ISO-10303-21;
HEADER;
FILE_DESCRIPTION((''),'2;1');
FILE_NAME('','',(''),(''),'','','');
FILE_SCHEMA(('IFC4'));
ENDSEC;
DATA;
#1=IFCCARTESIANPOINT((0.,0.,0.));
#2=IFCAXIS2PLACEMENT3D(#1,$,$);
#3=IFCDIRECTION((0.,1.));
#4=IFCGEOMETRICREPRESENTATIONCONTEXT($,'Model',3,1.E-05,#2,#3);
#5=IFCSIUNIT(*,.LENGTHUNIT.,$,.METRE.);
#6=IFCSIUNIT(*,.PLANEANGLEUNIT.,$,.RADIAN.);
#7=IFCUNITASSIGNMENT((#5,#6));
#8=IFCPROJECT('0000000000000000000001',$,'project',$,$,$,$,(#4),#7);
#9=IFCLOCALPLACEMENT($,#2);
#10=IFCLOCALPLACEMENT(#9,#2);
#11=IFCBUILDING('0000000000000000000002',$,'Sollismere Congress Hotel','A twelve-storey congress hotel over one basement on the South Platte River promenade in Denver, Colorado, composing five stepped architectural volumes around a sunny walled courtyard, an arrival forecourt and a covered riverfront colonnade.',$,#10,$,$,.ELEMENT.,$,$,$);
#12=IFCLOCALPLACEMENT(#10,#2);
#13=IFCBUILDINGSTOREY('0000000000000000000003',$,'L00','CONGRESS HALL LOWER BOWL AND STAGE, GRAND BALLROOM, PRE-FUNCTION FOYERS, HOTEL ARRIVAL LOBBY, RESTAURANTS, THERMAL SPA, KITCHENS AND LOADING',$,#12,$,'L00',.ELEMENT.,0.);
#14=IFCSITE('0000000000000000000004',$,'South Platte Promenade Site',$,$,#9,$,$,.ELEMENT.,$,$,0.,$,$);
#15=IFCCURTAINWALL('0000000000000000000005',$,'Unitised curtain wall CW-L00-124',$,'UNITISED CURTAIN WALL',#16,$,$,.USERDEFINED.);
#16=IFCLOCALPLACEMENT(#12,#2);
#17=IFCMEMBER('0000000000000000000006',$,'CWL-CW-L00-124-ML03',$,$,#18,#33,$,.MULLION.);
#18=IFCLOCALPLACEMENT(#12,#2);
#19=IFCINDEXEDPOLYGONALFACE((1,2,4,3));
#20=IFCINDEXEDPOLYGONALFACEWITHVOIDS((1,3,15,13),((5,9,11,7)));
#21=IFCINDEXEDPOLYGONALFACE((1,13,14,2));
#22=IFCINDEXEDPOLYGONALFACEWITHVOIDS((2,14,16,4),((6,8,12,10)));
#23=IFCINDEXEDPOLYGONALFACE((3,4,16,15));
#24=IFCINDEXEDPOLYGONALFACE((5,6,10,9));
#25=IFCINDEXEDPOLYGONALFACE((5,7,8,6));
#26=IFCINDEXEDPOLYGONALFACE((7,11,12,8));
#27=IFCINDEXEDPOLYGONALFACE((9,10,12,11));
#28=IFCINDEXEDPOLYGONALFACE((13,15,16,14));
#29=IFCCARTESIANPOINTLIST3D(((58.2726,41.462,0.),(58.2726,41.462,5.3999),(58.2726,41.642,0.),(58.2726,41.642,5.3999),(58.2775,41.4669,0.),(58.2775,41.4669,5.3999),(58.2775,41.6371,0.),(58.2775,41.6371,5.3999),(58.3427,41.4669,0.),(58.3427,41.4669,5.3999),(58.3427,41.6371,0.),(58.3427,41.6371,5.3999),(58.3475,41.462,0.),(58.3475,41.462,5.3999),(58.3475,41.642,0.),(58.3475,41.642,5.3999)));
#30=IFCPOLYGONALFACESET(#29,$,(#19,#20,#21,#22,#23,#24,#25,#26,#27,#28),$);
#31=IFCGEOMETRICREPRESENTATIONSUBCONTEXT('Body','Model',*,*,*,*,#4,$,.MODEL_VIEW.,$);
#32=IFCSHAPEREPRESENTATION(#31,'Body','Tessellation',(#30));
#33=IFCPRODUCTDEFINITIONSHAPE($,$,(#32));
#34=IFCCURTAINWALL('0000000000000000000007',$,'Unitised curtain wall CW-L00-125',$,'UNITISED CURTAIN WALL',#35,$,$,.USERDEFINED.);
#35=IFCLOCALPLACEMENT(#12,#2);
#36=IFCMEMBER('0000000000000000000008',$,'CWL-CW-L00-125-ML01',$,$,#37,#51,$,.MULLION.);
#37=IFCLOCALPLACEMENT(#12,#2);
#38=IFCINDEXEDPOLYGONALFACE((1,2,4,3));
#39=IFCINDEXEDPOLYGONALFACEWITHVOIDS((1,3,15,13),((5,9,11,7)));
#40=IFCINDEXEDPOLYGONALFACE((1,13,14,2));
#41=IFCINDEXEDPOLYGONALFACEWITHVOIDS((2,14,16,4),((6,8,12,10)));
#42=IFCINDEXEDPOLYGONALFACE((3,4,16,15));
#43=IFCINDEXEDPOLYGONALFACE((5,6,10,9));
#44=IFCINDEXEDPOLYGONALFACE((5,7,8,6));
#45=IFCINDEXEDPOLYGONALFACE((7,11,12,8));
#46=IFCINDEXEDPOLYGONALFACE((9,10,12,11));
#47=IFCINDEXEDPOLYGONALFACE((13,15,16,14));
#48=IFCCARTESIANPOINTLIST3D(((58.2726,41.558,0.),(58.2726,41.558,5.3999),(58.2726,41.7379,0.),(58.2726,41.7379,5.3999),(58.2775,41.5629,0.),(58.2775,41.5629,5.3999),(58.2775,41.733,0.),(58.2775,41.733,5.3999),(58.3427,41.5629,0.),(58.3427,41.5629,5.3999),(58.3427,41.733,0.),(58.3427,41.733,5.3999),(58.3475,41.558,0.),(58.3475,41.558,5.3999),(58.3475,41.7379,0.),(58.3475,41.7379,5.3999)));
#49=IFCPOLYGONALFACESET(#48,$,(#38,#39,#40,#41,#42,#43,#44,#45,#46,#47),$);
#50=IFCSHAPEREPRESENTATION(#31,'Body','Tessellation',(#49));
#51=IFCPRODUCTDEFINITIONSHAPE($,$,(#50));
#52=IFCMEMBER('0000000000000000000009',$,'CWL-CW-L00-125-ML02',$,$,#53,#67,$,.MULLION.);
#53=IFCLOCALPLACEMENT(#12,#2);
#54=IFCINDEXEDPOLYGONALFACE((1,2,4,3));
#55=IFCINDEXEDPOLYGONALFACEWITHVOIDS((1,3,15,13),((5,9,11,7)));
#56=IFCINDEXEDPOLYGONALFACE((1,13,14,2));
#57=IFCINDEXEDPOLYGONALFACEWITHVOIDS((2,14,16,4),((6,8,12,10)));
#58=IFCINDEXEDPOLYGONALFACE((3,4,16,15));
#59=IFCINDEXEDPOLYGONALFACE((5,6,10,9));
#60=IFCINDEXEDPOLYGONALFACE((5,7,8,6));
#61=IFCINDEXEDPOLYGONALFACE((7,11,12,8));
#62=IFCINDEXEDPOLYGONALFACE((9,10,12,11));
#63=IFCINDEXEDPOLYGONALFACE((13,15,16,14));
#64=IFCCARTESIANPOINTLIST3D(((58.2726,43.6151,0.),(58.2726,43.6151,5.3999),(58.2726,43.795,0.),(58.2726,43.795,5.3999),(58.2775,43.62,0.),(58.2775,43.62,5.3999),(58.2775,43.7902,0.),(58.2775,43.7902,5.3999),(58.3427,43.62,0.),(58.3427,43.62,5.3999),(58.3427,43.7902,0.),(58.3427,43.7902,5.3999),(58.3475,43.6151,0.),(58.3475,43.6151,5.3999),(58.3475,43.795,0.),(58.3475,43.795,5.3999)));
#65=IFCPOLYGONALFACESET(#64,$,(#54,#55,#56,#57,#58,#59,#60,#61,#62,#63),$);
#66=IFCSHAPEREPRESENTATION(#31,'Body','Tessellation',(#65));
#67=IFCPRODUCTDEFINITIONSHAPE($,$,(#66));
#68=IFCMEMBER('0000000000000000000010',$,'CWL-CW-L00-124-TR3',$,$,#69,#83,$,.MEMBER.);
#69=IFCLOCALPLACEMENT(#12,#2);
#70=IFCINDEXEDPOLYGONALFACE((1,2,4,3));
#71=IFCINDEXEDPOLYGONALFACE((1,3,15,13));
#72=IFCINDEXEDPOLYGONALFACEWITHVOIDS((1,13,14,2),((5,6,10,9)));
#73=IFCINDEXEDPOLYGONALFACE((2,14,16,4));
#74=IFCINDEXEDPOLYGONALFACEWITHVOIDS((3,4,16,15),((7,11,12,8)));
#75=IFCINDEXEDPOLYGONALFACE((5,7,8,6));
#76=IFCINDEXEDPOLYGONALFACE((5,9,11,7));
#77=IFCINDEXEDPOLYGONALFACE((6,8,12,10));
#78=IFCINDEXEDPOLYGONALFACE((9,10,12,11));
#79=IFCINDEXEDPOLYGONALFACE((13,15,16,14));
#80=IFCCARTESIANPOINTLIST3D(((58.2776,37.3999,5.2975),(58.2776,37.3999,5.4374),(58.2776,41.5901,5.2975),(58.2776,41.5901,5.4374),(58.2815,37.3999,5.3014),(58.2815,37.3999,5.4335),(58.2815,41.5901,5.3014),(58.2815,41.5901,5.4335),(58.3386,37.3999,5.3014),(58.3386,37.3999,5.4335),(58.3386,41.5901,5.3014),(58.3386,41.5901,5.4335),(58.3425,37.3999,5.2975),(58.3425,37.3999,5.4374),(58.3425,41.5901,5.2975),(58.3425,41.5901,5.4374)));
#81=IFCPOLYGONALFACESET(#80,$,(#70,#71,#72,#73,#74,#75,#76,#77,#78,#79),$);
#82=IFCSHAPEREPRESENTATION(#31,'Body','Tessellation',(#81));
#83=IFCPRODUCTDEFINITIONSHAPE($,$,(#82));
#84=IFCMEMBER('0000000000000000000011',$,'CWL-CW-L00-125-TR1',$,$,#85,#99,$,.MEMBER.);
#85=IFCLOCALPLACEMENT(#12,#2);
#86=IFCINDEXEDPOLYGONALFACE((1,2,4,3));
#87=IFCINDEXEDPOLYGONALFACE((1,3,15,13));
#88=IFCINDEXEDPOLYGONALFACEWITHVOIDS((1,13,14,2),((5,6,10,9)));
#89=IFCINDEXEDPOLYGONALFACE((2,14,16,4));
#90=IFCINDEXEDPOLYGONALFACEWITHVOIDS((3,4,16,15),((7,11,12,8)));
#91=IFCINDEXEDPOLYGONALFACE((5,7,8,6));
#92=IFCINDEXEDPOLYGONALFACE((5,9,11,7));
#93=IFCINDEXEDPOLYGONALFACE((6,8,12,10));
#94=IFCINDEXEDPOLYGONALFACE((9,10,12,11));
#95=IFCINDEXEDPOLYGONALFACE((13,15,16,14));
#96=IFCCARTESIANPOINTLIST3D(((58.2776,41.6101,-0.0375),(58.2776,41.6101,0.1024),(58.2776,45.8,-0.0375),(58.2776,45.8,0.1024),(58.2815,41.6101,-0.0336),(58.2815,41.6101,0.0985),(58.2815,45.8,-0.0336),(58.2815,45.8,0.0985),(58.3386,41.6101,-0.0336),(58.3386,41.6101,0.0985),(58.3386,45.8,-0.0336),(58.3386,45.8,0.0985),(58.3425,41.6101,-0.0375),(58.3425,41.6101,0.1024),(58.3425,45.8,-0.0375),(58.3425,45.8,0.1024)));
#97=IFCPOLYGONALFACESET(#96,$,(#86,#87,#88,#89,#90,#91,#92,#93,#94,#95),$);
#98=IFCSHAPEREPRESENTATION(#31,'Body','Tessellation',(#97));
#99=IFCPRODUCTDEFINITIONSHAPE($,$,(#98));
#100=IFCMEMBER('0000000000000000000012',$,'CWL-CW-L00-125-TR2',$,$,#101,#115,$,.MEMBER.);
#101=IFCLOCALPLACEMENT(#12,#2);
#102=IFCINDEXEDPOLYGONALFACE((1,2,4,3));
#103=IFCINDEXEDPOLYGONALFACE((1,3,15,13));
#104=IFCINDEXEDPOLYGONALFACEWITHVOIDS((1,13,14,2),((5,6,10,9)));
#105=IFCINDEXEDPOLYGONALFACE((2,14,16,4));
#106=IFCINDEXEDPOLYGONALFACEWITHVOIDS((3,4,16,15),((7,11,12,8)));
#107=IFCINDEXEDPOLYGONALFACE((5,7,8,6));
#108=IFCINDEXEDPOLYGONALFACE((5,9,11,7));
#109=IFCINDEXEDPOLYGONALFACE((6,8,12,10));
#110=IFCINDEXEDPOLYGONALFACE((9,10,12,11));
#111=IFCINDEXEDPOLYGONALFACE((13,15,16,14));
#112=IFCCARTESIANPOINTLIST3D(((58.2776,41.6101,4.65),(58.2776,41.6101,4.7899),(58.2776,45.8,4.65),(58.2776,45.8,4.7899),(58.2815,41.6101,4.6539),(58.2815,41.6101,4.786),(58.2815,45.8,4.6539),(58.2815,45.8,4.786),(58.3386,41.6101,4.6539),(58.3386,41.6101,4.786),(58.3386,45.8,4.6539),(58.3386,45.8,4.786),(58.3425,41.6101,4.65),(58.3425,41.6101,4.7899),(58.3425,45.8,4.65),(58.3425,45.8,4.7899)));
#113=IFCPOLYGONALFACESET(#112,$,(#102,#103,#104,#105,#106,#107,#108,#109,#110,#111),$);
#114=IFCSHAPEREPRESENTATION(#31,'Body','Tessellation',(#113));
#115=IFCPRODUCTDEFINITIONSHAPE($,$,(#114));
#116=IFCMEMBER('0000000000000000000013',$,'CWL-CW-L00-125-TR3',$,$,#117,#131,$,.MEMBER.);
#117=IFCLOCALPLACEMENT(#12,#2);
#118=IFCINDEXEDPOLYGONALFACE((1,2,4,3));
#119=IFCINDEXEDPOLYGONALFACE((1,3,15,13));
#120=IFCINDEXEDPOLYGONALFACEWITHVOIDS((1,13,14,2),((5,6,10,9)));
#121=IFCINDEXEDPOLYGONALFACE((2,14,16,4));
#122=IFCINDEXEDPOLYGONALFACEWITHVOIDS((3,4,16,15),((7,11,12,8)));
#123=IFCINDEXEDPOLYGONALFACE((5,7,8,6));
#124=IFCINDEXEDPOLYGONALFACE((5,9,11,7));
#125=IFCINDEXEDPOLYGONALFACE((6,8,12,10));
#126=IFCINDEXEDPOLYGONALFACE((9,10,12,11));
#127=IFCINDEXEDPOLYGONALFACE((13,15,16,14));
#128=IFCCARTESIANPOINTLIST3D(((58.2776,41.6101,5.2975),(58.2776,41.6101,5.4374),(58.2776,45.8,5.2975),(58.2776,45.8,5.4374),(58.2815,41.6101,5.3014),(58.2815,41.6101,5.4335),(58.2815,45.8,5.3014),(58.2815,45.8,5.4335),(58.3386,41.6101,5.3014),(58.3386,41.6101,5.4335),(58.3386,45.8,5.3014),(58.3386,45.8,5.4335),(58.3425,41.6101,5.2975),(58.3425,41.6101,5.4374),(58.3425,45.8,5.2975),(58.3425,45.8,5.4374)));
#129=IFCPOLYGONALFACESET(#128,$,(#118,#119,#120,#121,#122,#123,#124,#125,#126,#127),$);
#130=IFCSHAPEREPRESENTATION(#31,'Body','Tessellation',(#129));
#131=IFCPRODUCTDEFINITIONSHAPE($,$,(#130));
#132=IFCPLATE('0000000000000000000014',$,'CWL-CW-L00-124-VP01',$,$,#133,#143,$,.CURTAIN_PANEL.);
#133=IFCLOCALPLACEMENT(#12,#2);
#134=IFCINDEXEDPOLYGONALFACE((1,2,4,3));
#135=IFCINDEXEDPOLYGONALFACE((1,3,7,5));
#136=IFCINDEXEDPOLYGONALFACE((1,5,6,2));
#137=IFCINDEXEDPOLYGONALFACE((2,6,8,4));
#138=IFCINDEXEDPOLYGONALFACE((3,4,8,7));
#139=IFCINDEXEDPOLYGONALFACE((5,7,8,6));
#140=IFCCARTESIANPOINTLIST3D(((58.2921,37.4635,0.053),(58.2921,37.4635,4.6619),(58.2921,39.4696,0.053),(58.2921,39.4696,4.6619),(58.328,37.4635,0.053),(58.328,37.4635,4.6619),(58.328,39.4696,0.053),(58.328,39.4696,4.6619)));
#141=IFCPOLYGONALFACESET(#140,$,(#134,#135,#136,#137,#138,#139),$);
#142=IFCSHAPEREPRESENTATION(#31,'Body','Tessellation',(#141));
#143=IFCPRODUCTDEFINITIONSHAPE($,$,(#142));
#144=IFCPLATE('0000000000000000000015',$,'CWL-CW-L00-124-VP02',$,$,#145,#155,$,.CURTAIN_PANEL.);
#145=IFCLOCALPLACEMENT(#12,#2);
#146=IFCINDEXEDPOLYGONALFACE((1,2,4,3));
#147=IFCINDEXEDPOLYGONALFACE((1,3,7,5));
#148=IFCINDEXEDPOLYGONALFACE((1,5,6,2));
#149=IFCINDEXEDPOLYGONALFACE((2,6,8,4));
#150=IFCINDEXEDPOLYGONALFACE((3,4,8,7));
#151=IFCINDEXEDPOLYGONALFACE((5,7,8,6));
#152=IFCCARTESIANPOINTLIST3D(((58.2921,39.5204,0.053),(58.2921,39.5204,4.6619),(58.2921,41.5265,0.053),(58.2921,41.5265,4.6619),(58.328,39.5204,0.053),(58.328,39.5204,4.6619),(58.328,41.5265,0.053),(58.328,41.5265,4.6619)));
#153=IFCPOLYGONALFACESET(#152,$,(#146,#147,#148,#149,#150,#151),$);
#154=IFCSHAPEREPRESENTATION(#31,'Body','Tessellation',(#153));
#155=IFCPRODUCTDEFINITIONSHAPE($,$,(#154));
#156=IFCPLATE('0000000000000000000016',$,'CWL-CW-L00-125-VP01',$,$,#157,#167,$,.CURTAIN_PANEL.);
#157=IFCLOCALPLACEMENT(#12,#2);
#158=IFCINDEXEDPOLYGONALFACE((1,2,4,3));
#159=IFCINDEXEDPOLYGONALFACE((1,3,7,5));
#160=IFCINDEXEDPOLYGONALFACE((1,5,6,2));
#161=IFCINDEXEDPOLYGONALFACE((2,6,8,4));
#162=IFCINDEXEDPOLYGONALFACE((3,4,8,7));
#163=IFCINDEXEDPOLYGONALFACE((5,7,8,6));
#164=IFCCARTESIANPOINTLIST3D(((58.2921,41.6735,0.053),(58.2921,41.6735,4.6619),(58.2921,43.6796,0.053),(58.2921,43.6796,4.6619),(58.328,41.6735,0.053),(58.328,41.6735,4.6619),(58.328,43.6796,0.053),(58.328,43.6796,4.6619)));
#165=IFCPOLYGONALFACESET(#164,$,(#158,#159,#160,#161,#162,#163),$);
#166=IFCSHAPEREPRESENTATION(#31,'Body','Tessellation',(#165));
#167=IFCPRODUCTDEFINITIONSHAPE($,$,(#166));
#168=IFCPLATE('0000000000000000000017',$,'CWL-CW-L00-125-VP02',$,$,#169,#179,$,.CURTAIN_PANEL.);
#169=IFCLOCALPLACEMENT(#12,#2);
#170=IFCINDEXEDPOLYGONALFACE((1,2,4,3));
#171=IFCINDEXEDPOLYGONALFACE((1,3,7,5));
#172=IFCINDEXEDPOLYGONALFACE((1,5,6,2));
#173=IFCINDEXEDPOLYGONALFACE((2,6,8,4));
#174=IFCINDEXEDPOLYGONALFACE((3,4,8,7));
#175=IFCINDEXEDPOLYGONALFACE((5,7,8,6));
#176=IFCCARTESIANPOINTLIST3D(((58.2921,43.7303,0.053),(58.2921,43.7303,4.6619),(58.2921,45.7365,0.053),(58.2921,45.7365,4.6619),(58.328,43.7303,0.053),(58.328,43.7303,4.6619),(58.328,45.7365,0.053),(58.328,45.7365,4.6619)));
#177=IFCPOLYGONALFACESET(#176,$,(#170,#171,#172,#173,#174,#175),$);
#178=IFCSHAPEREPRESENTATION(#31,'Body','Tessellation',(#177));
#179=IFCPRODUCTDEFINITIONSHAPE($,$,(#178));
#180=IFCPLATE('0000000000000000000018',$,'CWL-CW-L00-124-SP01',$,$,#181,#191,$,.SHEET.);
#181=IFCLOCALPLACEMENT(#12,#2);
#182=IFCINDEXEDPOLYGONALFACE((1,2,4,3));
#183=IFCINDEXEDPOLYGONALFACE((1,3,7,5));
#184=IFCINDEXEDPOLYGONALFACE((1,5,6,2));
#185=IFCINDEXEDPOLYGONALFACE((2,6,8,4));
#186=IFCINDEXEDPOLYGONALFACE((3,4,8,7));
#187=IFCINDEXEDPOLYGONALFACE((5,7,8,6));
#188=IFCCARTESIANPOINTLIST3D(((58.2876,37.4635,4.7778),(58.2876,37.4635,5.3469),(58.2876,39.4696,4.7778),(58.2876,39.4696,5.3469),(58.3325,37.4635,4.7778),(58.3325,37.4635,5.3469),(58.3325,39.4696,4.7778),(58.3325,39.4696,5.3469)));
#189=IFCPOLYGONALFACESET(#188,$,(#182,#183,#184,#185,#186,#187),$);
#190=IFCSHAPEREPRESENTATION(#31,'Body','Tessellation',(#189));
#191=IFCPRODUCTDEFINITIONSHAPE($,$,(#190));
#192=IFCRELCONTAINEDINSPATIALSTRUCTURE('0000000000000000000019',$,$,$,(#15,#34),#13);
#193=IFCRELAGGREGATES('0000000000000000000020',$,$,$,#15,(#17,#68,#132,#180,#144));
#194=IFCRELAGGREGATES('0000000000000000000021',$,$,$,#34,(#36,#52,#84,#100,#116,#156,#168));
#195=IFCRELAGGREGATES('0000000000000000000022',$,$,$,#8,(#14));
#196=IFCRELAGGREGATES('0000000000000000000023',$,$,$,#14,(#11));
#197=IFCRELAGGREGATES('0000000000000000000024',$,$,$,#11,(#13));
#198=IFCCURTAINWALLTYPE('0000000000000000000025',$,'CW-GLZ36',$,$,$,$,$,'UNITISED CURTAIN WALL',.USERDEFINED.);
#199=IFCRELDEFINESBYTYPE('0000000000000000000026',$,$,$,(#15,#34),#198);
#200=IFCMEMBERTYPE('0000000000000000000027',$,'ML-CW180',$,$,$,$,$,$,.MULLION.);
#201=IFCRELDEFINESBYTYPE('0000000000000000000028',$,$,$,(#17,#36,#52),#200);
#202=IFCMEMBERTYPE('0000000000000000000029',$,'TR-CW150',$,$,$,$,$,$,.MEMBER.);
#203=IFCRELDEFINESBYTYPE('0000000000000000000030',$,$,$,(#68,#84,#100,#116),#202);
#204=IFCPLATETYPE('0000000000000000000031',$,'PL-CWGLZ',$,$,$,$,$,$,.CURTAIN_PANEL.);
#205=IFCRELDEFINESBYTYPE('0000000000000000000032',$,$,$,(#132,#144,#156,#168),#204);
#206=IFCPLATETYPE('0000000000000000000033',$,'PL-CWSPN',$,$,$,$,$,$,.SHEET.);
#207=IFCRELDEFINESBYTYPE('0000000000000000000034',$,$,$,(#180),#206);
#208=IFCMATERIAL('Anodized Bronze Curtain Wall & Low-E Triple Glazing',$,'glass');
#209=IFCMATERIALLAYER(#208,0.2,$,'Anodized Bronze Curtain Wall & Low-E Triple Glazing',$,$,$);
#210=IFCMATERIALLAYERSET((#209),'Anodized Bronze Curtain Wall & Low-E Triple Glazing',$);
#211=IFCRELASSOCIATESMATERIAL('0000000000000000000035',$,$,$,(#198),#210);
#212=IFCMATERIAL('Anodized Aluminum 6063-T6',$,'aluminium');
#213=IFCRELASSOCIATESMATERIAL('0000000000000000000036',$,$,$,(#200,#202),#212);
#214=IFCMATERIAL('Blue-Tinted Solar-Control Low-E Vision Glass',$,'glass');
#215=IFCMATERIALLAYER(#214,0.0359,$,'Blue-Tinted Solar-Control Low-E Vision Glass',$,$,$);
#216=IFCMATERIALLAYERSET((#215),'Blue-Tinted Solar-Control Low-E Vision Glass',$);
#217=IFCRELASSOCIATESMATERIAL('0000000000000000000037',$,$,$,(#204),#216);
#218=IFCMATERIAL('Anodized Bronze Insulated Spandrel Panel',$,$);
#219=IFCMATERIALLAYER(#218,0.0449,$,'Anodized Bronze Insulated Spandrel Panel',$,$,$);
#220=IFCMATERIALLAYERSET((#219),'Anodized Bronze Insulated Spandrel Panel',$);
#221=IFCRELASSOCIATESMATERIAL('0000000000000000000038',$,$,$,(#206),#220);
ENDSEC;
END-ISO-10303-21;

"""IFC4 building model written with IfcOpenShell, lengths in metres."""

from ifc_helpers import new_model, si_unit, direction, frame, origin, origin_2d, place, context, subcontext, project, spatial, rectangle, hollow_rectangle, extrude, material, layer, layer_set, material_profile, profile_set, type_object, element, aggregate, save


model = new_model("IFC4")

# Units and contexts
model_context = context("Model", 3, precision=1e-05, world=origin(), true_north=direction((0.0, 1.0)))
body_context = subcontext(model_context, "Body", "Model", "MODEL_VIEW")
ifc_project = project(units=[si_unit("LENGTHUNIT", "METRE"), si_unit("PLANEANGLEUNIT", "RADIAN")], contexts=[model_context])

# Site, building, storey
site_placement = place(None, origin())
site = spatial("IfcSite", under=ifc_project, at=site_placement, Name="South Platte Promenade Site", CompositionType="ELEMENT", RefElevation=0.0)
building_placement = place(site_placement, origin())
building = spatial("IfcBuilding", under=site, at=building_placement, Name="Sollismere Congress Hotel", Description="A twelve-storey congress hotel over one basement on the South Platte River promenade in Denver, Colorado, composing five stepped architectural volumes around a sunny walled courtyard, an arrival forecourt and a covered riverfront colonnade.", CompositionType="ELEMENT")
storey_placement = place(building_placement, origin())
storey = spatial("IfcBuildingStorey", under=building, at=storey_placement, Name="L00", Description="CONGRESS HALL LOWER BOWL AND STAGE, GRAND BALLROOM, PRE-FUNCTION FOYERS, HOTEL ARRIVAL LOBBY, RESTAURANTS, THERMAL SPA, KITCHENS AND LOADING", LongName="L00", CompositionType="ELEMENT", Elevation=0.0)

# Curtain walls, members
ifc_material_1 = material(Name="Anodized Bronze Curtain Wall & Low-E Triple Glazing", Category="glass")
ifc_layer_1 = layer(ifc_material_1, 0.2, Name="Anodized Bronze Curtain Wall & Low-E Triple Glazing")
ifc_layer_set_1 = layer_set([ifc_layer_1], Name="Anodized Bronze Curtain Wall & Low-E Triple Glazing")
curtain_wall_type = type_object("IfcCurtainWallType", Name="CW-GLZ36", ElementType="UNITISED CURTAIN WALL", PredefinedType="USERDEFINED", material=ifc_layer_set_1)
curtain_wall_1_placement = place(storey_placement, origin())
curtain_wall_1 = element("IfcCurtainWall", 1, at=curtain_wall_1_placement, inside=storey, type_object=curtain_wall_type, Name="Unitised curtain wall CW-L00-124", ObjectType="UNITISED CURTAIN WALL", PredefinedType="USERDEFINED")
ifc_material_2 = material(Name="Anodized Aluminum 6063-T6", Category="aluminium")
ifc_material_profile_1 = material_profile(ifc_material_2, hollow_rectangle(XDim=0.075, YDim=0.1799, WallThickness=0.0049, at=origin_2d()), Name="ALU180X75X5")
ifc_profile_set_1 = profile_set([ifc_material_profile_1], Name="Anodized Aluminum 6063-T6")
member_type_1 = type_object("IfcMemberType", Name="ML-CW180", PredefinedType="MULLION", material=ifc_profile_set_1)
member_1_placement = place(storey_placement, frame((58.3101, 41.552, 0.0), z_axis=(0.0, 0.0, 1.0), x_axis=(-1.0, 0.0, 0.0)))
member_1 = element("IfcMember", 2, at=member_1_placement, type_object=member_type_1, Name="CWL-CW-L00-124-ML03", PredefinedType="MULLION", context=body_context, shape_type="SweptSolid", body=[
    extrude(hollow_rectangle(XDim=0.075, YDim=0.1799, WallThickness=0.0049, at=origin_2d()), origin(), (0.0, 0.0, 1.0), 5.3999),
])
curtain_wall_2_placement = place(storey_placement, origin())
curtain_wall_2 = element("IfcCurtainWall", 3, at=curtain_wall_2_placement, inside=storey, type_object=curtain_wall_type, Name="Unitised curtain wall CW-L00-125", ObjectType="UNITISED CURTAIN WALL", PredefinedType="USERDEFINED")
member_2_placement = place(storey_placement, frame((58.3101, 41.6479, 0.0), z_axis=(0.0, 0.0, 1.0), x_axis=(-1.0, 0.0, 0.0)))
member_2 = element("IfcMember", 4, at=member_2_placement, type_object=member_type_1, Name="CWL-CW-L00-125-ML01", PredefinedType="MULLION", context=body_context, shape_type="SweptSolid", body=[
    extrude(hollow_rectangle(XDim=0.075, YDim=0.1799, WallThickness=0.0049, at=origin_2d()), origin(), (0.0, 0.0, 1.0), 5.3999),
])
member_3_placement = place(storey_placement, frame((58.3101, 43.7051, 0.0), z_axis=(0.0, 0.0, 1.0), x_axis=(-1.0, 0.0, 0.0)))
member_3 = element("IfcMember", 5, at=member_3_placement, type_object=member_type_1, Name="CWL-CW-L00-125-ML02", PredefinedType="MULLION", context=body_context, shape_type="SweptSolid", body=[
    extrude(hollow_rectangle(XDim=0.075, YDim=0.1799, WallThickness=0.0049, at=origin_2d()), origin(), (0.0, 0.0, 1.0), 5.3999),
])

# Members
ifc_material_profile_2 = material_profile(ifc_material_2, hollow_rectangle(XDim=0.0649, YDim=0.1399, WallThickness=0.0039, at=origin_2d()), Name="ALU140X65X4")
ifc_profile_set_2 = profile_set([ifc_material_profile_2], Name="Anodized Aluminum 6063-T6")
member_type_2 = type_object("IfcMemberType", Name="TR-CW150", PredefinedType="MEMBER", material=ifc_profile_set_2)
member_4_placement = place(storey_placement, frame((58.3101, 37.3999, 5.3674), z_axis=(0.0, 1.0, 0.0), x_axis=(-1.0, 0.0, 0.0)))
member_4 = element("IfcMember", 6, at=member_4_placement, type_object=member_type_2, Name="CWL-CW-L00-124-TR3", PredefinedType="MEMBER", context=body_context, shape_type="SweptSolid", body=[
    extrude(hollow_rectangle(XDim=0.0649, YDim=0.1399, WallThickness=0.0039, at=origin_2d()), origin(), (0.0, 0.0, 1.0), 4.1902),
])
member_5_placement = place(storey_placement, frame((58.3101, 41.6101, 0.0325), z_axis=(0.0, 1.0, 0.0), x_axis=(-1.0, 0.0, 0.0)))
member_5 = element("IfcMember", 7, at=member_5_placement, type_object=member_type_2, Name="CWL-CW-L00-125-TR1", PredefinedType="MEMBER", context=body_context, shape_type="SweptSolid", body=[
    extrude(hollow_rectangle(XDim=0.0649, YDim=0.1399, WallThickness=0.0039, at=origin_2d()), origin(), (0.0, 0.0, 1.0), 4.1899),
])
member_6_placement = place(storey_placement, frame((58.3101, 41.6101, 4.72), z_axis=(0.0, 1.0, 0.0), x_axis=(-1.0, 0.0, 0.0)))
member_6 = element("IfcMember", 8, at=member_6_placement, type_object=member_type_2, Name="CWL-CW-L00-125-TR2", PredefinedType="MEMBER", context=body_context, shape_type="SweptSolid", body=[
    extrude(hollow_rectangle(XDim=0.0649, YDim=0.1399, WallThickness=0.0039, at=origin_2d()), origin(), (0.0, 0.0, 1.0), 4.1899),
])
member_7_placement = place(storey_placement, frame((58.3101, 41.6101, 5.3674), z_axis=(0.0, 1.0, 0.0), x_axis=(-1.0, 0.0, 0.0)))
member_7 = element("IfcMember", 9, at=member_7_placement, type_object=member_type_2, Name="CWL-CW-L00-125-TR3", PredefinedType="MEMBER", context=body_context, shape_type="SweptSolid", body=[
    extrude(hollow_rectangle(XDim=0.0649, YDim=0.1399, WallThickness=0.0039, at=origin_2d()), origin(), (0.0, 0.0, 1.0), 4.1899),
])

# Plates
ifc_material_3 = material(Name="Blue-Tinted Solar-Control Low-E Vision Glass", Category="glass")
ifc_layer_2 = layer(ifc_material_3, 0.0359, Name="Blue-Tinted Solar-Control Low-E Vision Glass")
ifc_layer_set_2 = layer_set([ifc_layer_2], Name="Blue-Tinted Solar-Control Low-E Vision Glass")
plate_type_1 = type_object("IfcPlateType", Name="PL-CWGLZ", PredefinedType="CURTAIN_PANEL", material=ifc_layer_set_2)
plate_1_placement = place(storey_placement, frame((58.3101, 38.4666, 0.053), z_axis=(0.0, 0.0, 1.0), x_axis=(0.0, 1.0, 0.0)))
plate_1 = element("IfcPlate", 10, at=plate_1_placement, type_object=plate_type_1, Name="CWL-CW-L00-124-VP01", PredefinedType="CURTAIN_PANEL", context=body_context, shape_type="SweptSolid", body=[
    extrude(rectangle(XDim=2.0061, YDim=0.0359, at=origin_2d()), origin(), (0.0, 0.0, 1.0), 4.6089),
])
plate_2_placement = place(storey_placement, frame((58.3101, 40.5234, 0.053), z_axis=(0.0, 0.0, 1.0), x_axis=(0.0, 1.0, 0.0)))
plate_2 = element("IfcPlate", 11, at=plate_2_placement, type_object=plate_type_1, Name="CWL-CW-L00-124-VP02", PredefinedType="CURTAIN_PANEL", context=body_context, shape_type="SweptSolid", body=[
    extrude(rectangle(XDim=2.0061, YDim=0.0359, at=origin_2d()), origin(), (0.0, 0.0, 1.0), 4.6089),
])
plate_3_placement = place(storey_placement, frame((58.3101, 42.6765, 0.053), z_axis=(0.0, 0.0, 1.0), x_axis=(0.0, 1.0, 0.0)))
plate_3 = element("IfcPlate", 12, at=plate_3_placement, type_object=plate_type_1, Name="CWL-CW-L00-125-VP01", PredefinedType="CURTAIN_PANEL", context=body_context, shape_type="SweptSolid", body=[
    extrude(rectangle(XDim=2.0061, YDim=0.0359, at=origin_2d()), origin(), (0.0, 0.0, 1.0), 4.6089),
])
plate_4_placement = place(storey_placement, frame((58.3101, 44.7334, 0.053), z_axis=(0.0, 0.0, 1.0), x_axis=(0.0, 1.0, 0.0)))
plate_4 = element("IfcPlate", 13, at=plate_4_placement, type_object=plate_type_1, Name="CWL-CW-L00-125-VP02", PredefinedType="CURTAIN_PANEL", context=body_context, shape_type="SweptSolid", body=[
    extrude(rectangle(XDim=2.0061, YDim=0.0359, at=origin_2d()), origin(), (0.0, 0.0, 1.0), 4.6089),
])
ifc_material_4 = material(Name="Anodized Bronze Insulated Spandrel Panel")
ifc_layer_3 = layer(ifc_material_4, 0.0449, Name="Anodized Bronze Insulated Spandrel Panel")
ifc_layer_set_3 = layer_set([ifc_layer_3], Name="Anodized Bronze Insulated Spandrel Panel")
plate_type_2 = type_object("IfcPlateType", Name="PL-CWSPN", PredefinedType="SHEET", material=ifc_layer_set_3)
plate_5_placement = place(storey_placement, frame((58.3101, 38.4666, 4.7778), z_axis=(0.0, 0.0, 1.0), x_axis=(0.0, 1.0, 0.0)))
plate_5 = element("IfcPlate", 14, at=plate_5_placement, type_object=plate_type_2, Name="CWL-CW-L00-124-SP01", PredefinedType="SHEET", context=body_context, shape_type="SweptSolid", body=[
    extrude(rectangle(XDim=2.0061, YDim=0.0449, at=origin_2d()), origin(), (0.0, 0.0, 1.0), 0.5691),
])
aggregate(curtain_wall_1, [member_1, member_4, plate_1, plate_5, plate_2])
aggregate(curtain_wall_2, [member_2, member_3, member_5, member_6, member_7, plate_3, plate_4])

save(model, "model.ifc")
